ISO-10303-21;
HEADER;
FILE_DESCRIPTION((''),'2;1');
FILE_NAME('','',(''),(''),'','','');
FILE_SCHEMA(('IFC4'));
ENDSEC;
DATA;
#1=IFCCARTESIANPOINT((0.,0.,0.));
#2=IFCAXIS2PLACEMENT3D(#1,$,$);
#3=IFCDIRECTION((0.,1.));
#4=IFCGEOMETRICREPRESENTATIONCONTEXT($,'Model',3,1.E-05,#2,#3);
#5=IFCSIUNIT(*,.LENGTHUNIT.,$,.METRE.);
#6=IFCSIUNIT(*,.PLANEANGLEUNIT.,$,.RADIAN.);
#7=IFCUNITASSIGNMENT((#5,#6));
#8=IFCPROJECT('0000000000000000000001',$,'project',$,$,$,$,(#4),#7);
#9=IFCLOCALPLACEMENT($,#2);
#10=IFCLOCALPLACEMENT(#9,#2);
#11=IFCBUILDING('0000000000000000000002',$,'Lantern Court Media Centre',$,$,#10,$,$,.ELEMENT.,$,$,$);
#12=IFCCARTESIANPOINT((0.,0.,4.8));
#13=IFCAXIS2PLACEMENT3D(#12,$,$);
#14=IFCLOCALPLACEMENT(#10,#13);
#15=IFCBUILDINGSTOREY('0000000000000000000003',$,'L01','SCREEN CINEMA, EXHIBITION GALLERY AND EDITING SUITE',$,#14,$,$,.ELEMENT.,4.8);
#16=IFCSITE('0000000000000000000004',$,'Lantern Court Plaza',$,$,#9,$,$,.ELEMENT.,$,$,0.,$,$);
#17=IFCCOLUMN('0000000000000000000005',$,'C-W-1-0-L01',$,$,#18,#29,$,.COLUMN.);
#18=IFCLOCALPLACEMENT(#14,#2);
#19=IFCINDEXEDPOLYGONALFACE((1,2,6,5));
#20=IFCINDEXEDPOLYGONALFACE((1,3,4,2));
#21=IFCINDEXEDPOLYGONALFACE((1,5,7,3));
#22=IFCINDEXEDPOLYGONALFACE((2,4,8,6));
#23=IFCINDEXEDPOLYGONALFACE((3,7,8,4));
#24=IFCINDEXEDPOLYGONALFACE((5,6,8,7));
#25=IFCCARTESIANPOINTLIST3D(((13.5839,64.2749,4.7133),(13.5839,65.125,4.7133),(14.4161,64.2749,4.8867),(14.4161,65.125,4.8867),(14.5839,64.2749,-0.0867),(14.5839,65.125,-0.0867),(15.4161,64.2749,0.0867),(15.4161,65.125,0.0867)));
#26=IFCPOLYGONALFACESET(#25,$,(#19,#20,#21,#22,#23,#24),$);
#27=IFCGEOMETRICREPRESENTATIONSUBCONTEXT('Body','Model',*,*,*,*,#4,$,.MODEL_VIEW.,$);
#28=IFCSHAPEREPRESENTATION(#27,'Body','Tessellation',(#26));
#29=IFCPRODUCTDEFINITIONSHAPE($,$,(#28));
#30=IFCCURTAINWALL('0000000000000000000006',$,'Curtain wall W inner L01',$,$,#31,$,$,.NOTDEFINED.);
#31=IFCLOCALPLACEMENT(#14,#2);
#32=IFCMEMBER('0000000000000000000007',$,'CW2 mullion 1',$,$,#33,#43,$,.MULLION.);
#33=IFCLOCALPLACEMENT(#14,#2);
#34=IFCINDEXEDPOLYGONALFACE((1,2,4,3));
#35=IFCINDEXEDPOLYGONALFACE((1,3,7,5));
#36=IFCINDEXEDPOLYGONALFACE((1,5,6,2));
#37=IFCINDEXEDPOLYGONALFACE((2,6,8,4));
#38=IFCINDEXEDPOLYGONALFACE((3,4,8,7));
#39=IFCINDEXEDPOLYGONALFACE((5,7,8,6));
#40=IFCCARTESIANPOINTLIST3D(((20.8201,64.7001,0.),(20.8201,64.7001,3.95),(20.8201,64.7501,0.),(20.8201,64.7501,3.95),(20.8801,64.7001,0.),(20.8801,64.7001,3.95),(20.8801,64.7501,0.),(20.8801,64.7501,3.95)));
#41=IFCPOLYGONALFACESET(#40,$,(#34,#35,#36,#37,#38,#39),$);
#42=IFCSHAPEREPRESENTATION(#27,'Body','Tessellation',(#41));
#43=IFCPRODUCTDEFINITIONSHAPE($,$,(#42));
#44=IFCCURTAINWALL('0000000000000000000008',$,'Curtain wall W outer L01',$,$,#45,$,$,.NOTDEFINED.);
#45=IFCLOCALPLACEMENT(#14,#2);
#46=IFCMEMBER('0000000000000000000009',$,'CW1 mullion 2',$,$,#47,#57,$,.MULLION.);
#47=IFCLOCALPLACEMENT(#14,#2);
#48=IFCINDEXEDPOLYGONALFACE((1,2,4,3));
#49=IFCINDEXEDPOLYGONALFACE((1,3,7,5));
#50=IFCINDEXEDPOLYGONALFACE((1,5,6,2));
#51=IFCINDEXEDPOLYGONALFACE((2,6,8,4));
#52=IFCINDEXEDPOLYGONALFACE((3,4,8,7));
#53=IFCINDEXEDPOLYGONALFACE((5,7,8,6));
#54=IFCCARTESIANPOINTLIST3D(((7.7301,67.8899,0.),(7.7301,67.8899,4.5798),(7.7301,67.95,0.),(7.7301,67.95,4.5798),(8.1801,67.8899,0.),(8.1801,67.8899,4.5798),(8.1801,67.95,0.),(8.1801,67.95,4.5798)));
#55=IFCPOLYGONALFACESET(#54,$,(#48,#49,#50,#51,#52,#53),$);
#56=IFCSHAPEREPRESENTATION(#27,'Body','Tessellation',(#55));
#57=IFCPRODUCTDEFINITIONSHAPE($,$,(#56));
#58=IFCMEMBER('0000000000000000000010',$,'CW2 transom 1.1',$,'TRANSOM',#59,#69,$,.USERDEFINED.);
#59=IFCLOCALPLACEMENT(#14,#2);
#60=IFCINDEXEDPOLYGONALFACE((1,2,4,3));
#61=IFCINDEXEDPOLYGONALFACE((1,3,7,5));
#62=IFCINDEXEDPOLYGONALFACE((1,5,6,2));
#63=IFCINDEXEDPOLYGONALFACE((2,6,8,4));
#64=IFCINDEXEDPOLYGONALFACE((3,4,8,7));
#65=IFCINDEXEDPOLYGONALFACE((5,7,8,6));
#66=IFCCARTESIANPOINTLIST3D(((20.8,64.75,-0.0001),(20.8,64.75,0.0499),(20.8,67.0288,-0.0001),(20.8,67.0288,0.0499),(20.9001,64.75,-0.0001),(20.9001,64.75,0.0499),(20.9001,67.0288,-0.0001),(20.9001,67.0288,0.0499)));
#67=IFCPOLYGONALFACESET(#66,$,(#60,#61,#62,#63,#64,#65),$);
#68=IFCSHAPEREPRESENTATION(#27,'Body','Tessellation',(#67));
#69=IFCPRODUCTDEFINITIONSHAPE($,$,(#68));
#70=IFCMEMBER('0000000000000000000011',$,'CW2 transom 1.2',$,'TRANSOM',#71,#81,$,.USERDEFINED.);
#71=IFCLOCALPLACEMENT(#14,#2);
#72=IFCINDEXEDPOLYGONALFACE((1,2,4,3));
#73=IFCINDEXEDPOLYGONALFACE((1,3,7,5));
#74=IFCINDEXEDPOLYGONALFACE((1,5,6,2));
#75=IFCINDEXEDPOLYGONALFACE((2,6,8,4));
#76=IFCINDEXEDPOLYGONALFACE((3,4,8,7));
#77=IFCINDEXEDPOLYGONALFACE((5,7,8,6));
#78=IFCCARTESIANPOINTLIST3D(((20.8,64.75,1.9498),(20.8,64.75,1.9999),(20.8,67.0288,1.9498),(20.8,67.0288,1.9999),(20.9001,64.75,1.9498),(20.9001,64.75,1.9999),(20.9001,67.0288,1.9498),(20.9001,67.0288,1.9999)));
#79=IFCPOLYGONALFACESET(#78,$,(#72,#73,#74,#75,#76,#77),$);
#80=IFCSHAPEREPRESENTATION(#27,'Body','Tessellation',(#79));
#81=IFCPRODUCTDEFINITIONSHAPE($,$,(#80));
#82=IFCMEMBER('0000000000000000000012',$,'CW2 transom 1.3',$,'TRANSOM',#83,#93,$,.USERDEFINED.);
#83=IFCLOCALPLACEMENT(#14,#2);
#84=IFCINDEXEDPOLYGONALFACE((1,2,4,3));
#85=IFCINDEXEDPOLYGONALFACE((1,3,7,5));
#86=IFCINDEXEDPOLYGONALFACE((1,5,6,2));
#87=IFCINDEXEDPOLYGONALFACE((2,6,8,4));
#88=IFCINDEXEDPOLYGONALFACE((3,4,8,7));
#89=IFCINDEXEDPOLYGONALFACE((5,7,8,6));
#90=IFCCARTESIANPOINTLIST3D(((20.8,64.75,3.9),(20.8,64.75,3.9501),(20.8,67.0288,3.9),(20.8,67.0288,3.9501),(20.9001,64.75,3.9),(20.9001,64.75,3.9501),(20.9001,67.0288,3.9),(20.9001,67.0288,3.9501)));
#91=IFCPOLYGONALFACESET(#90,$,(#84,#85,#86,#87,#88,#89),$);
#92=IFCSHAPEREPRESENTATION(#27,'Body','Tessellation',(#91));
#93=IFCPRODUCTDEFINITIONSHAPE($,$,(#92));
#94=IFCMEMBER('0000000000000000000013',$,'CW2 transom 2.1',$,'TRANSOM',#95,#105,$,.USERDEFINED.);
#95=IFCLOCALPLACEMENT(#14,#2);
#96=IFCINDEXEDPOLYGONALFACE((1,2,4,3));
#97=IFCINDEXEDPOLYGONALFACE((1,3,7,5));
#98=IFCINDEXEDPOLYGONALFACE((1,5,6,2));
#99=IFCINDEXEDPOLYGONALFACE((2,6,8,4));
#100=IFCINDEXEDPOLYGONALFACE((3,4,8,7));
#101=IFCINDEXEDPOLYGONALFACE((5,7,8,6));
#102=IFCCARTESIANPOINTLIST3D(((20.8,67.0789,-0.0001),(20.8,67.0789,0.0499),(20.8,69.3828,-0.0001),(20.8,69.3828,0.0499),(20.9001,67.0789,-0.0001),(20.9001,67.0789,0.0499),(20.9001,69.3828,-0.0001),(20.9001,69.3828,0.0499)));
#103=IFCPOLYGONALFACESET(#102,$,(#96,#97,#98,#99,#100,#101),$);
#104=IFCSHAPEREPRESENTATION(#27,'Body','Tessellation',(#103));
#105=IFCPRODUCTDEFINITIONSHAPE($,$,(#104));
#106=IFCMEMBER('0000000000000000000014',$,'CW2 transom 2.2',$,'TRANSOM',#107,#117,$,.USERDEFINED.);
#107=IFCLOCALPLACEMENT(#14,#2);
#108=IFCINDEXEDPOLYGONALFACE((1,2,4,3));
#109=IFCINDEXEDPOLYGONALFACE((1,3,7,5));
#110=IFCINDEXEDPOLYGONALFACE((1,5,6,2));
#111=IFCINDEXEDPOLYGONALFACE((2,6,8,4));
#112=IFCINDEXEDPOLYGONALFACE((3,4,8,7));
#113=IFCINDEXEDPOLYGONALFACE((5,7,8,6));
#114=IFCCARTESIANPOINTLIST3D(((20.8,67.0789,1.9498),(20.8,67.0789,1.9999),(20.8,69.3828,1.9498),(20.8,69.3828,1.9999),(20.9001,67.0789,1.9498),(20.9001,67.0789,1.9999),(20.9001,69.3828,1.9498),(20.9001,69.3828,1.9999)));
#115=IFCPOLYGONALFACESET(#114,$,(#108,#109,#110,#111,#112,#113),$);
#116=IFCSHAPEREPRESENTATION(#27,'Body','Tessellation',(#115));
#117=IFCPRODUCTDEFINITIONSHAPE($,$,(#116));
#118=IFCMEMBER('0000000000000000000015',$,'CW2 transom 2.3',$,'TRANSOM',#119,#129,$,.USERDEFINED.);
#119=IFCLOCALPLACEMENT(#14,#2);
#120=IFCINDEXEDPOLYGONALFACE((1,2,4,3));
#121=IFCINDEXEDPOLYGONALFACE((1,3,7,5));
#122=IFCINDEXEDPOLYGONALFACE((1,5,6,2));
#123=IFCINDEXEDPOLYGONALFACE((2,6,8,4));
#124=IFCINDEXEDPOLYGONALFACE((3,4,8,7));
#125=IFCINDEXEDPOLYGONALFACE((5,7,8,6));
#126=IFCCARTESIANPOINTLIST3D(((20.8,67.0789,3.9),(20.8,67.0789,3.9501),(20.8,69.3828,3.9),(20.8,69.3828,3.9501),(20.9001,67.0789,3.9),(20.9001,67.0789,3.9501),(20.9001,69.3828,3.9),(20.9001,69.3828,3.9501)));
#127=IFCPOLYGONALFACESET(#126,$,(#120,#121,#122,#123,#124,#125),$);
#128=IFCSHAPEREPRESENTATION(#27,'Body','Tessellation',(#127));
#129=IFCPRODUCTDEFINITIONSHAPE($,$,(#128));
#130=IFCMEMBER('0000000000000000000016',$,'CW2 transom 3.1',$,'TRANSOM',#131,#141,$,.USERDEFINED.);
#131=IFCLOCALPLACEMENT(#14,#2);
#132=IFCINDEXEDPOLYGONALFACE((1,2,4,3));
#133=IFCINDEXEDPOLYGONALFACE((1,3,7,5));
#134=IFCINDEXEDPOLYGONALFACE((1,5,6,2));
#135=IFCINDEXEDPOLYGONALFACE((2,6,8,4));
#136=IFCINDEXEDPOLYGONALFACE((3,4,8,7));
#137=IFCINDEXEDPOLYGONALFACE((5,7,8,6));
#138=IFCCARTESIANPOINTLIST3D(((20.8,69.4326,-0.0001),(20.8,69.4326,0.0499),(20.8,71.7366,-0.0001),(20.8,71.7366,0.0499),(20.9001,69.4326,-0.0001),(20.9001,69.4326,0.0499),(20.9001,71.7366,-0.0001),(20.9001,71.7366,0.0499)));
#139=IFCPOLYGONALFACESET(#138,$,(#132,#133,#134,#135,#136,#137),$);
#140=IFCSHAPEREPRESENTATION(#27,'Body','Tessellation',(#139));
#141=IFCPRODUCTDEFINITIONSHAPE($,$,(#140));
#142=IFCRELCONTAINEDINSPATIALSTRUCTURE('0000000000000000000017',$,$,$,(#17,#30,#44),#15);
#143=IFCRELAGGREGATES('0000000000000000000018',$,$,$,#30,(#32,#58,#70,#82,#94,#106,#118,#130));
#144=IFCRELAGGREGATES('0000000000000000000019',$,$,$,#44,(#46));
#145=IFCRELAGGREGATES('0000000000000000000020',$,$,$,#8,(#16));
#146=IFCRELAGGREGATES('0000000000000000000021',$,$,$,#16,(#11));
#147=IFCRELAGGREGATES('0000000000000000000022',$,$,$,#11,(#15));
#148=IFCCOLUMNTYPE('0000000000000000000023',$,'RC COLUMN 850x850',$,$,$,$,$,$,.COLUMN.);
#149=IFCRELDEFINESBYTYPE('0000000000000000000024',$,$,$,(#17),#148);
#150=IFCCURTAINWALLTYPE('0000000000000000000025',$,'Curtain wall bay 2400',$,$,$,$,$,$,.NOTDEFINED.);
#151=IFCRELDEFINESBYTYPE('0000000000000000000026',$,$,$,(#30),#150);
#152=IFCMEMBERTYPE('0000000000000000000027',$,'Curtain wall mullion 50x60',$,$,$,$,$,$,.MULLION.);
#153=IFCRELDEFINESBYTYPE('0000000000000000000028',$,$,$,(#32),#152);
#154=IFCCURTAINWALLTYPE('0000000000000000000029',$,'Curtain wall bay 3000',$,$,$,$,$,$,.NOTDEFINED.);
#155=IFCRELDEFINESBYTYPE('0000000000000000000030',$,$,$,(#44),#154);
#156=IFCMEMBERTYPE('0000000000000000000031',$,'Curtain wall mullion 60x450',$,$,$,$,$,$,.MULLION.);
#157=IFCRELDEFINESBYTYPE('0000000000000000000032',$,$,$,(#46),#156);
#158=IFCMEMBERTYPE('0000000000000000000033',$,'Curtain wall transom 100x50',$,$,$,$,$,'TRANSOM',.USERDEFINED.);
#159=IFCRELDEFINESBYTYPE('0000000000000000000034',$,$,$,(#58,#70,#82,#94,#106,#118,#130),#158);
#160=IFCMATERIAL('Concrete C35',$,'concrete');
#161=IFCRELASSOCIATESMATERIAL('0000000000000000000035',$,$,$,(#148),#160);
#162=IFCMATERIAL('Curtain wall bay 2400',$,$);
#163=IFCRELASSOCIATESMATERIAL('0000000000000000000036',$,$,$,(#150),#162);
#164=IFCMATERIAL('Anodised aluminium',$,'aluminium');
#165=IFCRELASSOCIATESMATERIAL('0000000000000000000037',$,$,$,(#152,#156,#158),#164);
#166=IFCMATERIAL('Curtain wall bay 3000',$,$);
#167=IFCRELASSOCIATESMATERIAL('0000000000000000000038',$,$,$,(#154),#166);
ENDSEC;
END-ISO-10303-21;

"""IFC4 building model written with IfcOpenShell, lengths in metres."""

from ifc_helpers import new_model, si_unit, direction, frame, origin, origin_2d, place, context, subcontext, project, spatial, rectangle, extrude, material, material_profile, profile_set, type_object, element, aggregate, save


model = new_model("IFC4")

# Units and contexts
model_context = context("Model", 3, precision=1e-05, world=origin(), true_north=direction((0.0, 1.0)))
body_context = subcontext(model_context, "Body", "Model", "MODEL_VIEW")
ifc_project = project(units=[si_unit("LENGTHUNIT", "METRE"), si_unit("PLANEANGLEUNIT", "RADIAN")], contexts=[model_context])

# Site, building, storey
site_placement = place(None, origin())
site = spatial("IfcSite", under=ifc_project, at=site_placement, Name="Lantern Court Plaza", CompositionType="ELEMENT", RefElevation=0.0)
building_placement = place(site_placement, origin())
building = spatial("IfcBuilding", under=site, at=building_placement, Name="Lantern Court Media Centre", CompositionType="ELEMENT")
storey_placement = place(building_placement, frame((0.0, 0.0, 4.8)))
storey = spatial("IfcBuildingStorey", under=building, at=storey_placement, Name="L01", Description="SCREEN CINEMA, EXHIBITION GALLERY AND EDITING SUITE", CompositionType="ELEMENT", Elevation=4.8)

# Column
ifc_material_1 = material(Name="Concrete C35", Category="concrete")
ifc_material_profile_1 = material_profile(ifc_material_1, rectangle(XDim=0.8501, YDim=0.8501, at=origin_2d()), Name="RC 850x850")
ifc_profile_set_1 = profile_set([ifc_material_profile_1], Name="Concrete C35")
column_type = type_object("IfcColumnType", Name="RC COLUMN 850x850", PredefinedType="COLUMN", material=ifc_profile_set_1)
column_placement = place(storey_placement, frame((15.0, 64.7, 0.0), z_axis=(-0.203952, 0.0, 0.978981), x_axis=(0.0, -1.0, 0.0)))
element("IfcColumn", 1, at=column_placement, inside=storey, type_object=column_type, Name="C-W-1-0-L01", PredefinedType="COLUMN", context=body_context, shape_type="SweptSolid", body=[
    extrude(rectangle(XDim=0.8501, YDim=0.8501, at=origin_2d()), origin(), (0.0, 0.0, 1.0), 4.9031),
])

# Curtain walls, members
ifc_material_2 = material(Name="Curtain wall bay 2400")
curtain_wall_type_1 = type_object("IfcCurtainWallType", Name="Curtain wall bay 2400", PredefinedType="NOTDEFINED", material=ifc_material_2)
curtain_wall_1_placement = place(storey_placement, origin())
curtain_wall_1 = element("IfcCurtainWall", 2, at=curtain_wall_1_placement, inside=storey, type_object=curtain_wall_type_1, Name="Curtain wall W inner L01", PredefinedType="NOTDEFINED")
ifc_material_3 = material(Name="Anodised aluminium", Category="aluminium")
ifc_material_profile_2 = material_profile(ifc_material_3, rectangle(XDim=0.0601, YDim=0.05, at=origin_2d()), Name="AL 50x60")
ifc_profile_set_2 = profile_set([ifc_material_profile_2], Name="Anodised aluminium")
member_type_1 = type_object("IfcMemberType", Name="Curtain wall mullion 50x60", PredefinedType="MULLION", material=ifc_profile_set_2)
member_1_placement = place(storey_placement, frame((20.8501, 64.7251, 0.0), z_axis=(0.0, 0.0, 1.0), x_axis=(-1.0, 0.0, 0.0)))
member_1 = element("IfcMember", 3, at=member_1_placement, type_object=member_type_1, Name="CW2 mullion 1", PredefinedType="MULLION", context=body_context, shape_type="SweptSolid", body=[
    extrude(rectangle(XDim=0.0601, YDim=0.05, at=origin_2d()), origin(), (0.0, 0.0, 1.0), 3.95),
])
ifc_material_4 = material(Name="Curtain wall bay 3000")
curtain_wall_type_2 = type_object("IfcCurtainWallType", Name="Curtain wall bay 3000", PredefinedType="NOTDEFINED", material=ifc_material_4)
curtain_wall_2_placement = place(storey_placement, origin())
curtain_wall_2 = element("IfcCurtainWall", 4, at=curtain_wall_2_placement, inside=storey, type_object=curtain_wall_type_2, Name="Curtain wall W outer L01", PredefinedType="NOTDEFINED")
ifc_material_profile_3 = material_profile(ifc_material_3, rectangle(XDim=0.45, YDim=0.0601, at=origin_2d()), Name="AL 60x450")
ifc_profile_set_3 = profile_set([ifc_material_profile_3], Name="Anodised aluminium")
member_type_2 = type_object("IfcMemberType", Name="Curtain wall mullion 60x450", PredefinedType="MULLION", material=ifc_profile_set_3)
member_2_placement = place(storey_placement, frame((7.9551, 67.9199, 0.0), z_axis=(0.0, 0.0, 1.0), x_axis=(-1.0, 0.0, 0.0)))
member_2 = element("IfcMember", 5, at=member_2_placement, type_object=member_type_2, Name="CW1 mullion 2", PredefinedType="MULLION", context=body_context, shape_type="SweptSolid", body=[
    extrude(rectangle(XDim=0.45, YDim=0.0601, at=origin_2d()), origin(), (0.0, 0.0, 1.0), 4.5798),
])

# Members
ifc_material_profile_4 = material_profile(ifc_material_3, rectangle(XDim=0.1001, YDim=0.05, at=origin_2d()), Name="AL 50x100")
ifc_profile_set_4 = profile_set([ifc_material_profile_4], Name="Anodised aluminium")
member_type_3 = type_object("IfcMemberType", Name="Curtain wall transom 100x50", ElementType="TRANSOM", PredefinedType="USERDEFINED", material=ifc_profile_set_4)
member_3_placement = place(storey_placement, frame((20.8501, 64.75, 0.0249), z_axis=(0.0, 1.0, 0.0), x_axis=(-1.0, 0.0, 0.0)))
member_3 = element("IfcMember", 6, at=member_3_placement, type_object=member_type_3, Name="CW2 transom 1.1", ObjectType="TRANSOM", PredefinedType="USERDEFINED", context=body_context, shape_type="SweptSolid", body=[
    extrude(rectangle(XDim=0.1001, YDim=0.05, at=origin_2d()), origin(), (0.0, 0.0, 1.0), 2.2788),
])
member_4_placement = place(storey_placement, frame((20.8501, 64.75, 1.9749), z_axis=(0.0, 1.0, 0.0), x_axis=(-1.0, 0.0, 0.0)))
member_4 = element("IfcMember", 7, at=member_4_placement, type_object=member_type_3, Name="CW2 transom 1.2", ObjectType="TRANSOM", PredefinedType="USERDEFINED", context=body_context, shape_type="SweptSolid", body=[
    extrude(rectangle(XDim=0.1001, YDim=0.05, at=origin_2d()), origin(), (0.0, 0.0, 1.0), 2.2788),
])
member_5_placement = place(storey_placement, frame((20.8501, 64.75, 3.925), z_axis=(0.0, 1.0, 0.0), x_axis=(-1.0, 0.0, 0.0)))
member_5 = element("IfcMember", 8, at=member_5_placement, type_object=member_type_3, Name="CW2 transom 1.3", ObjectType="TRANSOM", PredefinedType="USERDEFINED", context=body_context, shape_type="SweptSolid", body=[
    extrude(rectangle(XDim=0.1001, YDim=0.05, at=origin_2d()), origin(), (0.0, 0.0, 1.0), 2.2788),
])
member_6_placement = place(storey_placement, frame((20.8501, 67.0789, 0.0249), z_axis=(0.0, 1.0, 0.0), x_axis=(-1.0, 0.0, 0.0)))
member_6 = element("IfcMember", 9, at=member_6_placement, type_object=member_type_3, Name="CW2 transom 2.1", ObjectType="TRANSOM", PredefinedType="USERDEFINED", context=body_context, shape_type="SweptSolid", body=[
    extrude(rectangle(XDim=0.1001, YDim=0.05, at=origin_2d()), origin(), (0.0, 0.0, 1.0), 2.304),
])
member_7_placement = place(storey_placement, frame((20.8501, 67.0789, 1.9749), z_axis=(0.0, 1.0, 0.0), x_axis=(-1.0, 0.0, 0.0)))
member_7 = element("IfcMember", 10, at=member_7_placement, type_object=member_type_3, Name="CW2 transom 2.2", ObjectType="TRANSOM", PredefinedType="USERDEFINED", context=body_context, shape_type="SweptSolid", body=[
    extrude(rectangle(XDim=0.1001, YDim=0.05, at=origin_2d()), origin(), (0.0, 0.0, 1.0), 2.304),
])
member_8_placement = place(storey_placement, frame((20.8501, 67.0789, 3.925), z_axis=(0.0, 1.0, 0.0), x_axis=(-1.0, 0.0, 0.0)))
member_8 = element("IfcMember", 11, at=member_8_placement, type_object=member_type_3, Name="CW2 transom 2.3", ObjectType="TRANSOM", PredefinedType="USERDEFINED", context=body_context, shape_type="SweptSolid", body=[
    extrude(rectangle(XDim=0.1001, YDim=0.05, at=origin_2d()), origin(), (0.0, 0.0, 1.0), 2.304),
])
member_9_placement = place(storey_placement, frame((20.8501, 69.4326, 0.0249), z_axis=(0.0, 1.0, 0.0), x_axis=(-1.0, 0.0, 0.0)))
member_9 = element("IfcMember", 12, at=member_9_placement, type_object=member_type_3, Name="CW2 transom 3.1", ObjectType="TRANSOM", PredefinedType="USERDEFINED", context=body_context, shape_type="SweptSolid", body=[
    extrude(rectangle(XDim=0.1001, YDim=0.05, at=origin_2d()), origin(), (0.0, 0.0, 1.0), 2.304),
])

aggregate(curtain_wall_1, [member_1, member_3, member_4, member_5, member_6, member_7, member_8, member_9])
aggregate(curtain_wall_2, [member_2])

save(model, "model.ifc")
